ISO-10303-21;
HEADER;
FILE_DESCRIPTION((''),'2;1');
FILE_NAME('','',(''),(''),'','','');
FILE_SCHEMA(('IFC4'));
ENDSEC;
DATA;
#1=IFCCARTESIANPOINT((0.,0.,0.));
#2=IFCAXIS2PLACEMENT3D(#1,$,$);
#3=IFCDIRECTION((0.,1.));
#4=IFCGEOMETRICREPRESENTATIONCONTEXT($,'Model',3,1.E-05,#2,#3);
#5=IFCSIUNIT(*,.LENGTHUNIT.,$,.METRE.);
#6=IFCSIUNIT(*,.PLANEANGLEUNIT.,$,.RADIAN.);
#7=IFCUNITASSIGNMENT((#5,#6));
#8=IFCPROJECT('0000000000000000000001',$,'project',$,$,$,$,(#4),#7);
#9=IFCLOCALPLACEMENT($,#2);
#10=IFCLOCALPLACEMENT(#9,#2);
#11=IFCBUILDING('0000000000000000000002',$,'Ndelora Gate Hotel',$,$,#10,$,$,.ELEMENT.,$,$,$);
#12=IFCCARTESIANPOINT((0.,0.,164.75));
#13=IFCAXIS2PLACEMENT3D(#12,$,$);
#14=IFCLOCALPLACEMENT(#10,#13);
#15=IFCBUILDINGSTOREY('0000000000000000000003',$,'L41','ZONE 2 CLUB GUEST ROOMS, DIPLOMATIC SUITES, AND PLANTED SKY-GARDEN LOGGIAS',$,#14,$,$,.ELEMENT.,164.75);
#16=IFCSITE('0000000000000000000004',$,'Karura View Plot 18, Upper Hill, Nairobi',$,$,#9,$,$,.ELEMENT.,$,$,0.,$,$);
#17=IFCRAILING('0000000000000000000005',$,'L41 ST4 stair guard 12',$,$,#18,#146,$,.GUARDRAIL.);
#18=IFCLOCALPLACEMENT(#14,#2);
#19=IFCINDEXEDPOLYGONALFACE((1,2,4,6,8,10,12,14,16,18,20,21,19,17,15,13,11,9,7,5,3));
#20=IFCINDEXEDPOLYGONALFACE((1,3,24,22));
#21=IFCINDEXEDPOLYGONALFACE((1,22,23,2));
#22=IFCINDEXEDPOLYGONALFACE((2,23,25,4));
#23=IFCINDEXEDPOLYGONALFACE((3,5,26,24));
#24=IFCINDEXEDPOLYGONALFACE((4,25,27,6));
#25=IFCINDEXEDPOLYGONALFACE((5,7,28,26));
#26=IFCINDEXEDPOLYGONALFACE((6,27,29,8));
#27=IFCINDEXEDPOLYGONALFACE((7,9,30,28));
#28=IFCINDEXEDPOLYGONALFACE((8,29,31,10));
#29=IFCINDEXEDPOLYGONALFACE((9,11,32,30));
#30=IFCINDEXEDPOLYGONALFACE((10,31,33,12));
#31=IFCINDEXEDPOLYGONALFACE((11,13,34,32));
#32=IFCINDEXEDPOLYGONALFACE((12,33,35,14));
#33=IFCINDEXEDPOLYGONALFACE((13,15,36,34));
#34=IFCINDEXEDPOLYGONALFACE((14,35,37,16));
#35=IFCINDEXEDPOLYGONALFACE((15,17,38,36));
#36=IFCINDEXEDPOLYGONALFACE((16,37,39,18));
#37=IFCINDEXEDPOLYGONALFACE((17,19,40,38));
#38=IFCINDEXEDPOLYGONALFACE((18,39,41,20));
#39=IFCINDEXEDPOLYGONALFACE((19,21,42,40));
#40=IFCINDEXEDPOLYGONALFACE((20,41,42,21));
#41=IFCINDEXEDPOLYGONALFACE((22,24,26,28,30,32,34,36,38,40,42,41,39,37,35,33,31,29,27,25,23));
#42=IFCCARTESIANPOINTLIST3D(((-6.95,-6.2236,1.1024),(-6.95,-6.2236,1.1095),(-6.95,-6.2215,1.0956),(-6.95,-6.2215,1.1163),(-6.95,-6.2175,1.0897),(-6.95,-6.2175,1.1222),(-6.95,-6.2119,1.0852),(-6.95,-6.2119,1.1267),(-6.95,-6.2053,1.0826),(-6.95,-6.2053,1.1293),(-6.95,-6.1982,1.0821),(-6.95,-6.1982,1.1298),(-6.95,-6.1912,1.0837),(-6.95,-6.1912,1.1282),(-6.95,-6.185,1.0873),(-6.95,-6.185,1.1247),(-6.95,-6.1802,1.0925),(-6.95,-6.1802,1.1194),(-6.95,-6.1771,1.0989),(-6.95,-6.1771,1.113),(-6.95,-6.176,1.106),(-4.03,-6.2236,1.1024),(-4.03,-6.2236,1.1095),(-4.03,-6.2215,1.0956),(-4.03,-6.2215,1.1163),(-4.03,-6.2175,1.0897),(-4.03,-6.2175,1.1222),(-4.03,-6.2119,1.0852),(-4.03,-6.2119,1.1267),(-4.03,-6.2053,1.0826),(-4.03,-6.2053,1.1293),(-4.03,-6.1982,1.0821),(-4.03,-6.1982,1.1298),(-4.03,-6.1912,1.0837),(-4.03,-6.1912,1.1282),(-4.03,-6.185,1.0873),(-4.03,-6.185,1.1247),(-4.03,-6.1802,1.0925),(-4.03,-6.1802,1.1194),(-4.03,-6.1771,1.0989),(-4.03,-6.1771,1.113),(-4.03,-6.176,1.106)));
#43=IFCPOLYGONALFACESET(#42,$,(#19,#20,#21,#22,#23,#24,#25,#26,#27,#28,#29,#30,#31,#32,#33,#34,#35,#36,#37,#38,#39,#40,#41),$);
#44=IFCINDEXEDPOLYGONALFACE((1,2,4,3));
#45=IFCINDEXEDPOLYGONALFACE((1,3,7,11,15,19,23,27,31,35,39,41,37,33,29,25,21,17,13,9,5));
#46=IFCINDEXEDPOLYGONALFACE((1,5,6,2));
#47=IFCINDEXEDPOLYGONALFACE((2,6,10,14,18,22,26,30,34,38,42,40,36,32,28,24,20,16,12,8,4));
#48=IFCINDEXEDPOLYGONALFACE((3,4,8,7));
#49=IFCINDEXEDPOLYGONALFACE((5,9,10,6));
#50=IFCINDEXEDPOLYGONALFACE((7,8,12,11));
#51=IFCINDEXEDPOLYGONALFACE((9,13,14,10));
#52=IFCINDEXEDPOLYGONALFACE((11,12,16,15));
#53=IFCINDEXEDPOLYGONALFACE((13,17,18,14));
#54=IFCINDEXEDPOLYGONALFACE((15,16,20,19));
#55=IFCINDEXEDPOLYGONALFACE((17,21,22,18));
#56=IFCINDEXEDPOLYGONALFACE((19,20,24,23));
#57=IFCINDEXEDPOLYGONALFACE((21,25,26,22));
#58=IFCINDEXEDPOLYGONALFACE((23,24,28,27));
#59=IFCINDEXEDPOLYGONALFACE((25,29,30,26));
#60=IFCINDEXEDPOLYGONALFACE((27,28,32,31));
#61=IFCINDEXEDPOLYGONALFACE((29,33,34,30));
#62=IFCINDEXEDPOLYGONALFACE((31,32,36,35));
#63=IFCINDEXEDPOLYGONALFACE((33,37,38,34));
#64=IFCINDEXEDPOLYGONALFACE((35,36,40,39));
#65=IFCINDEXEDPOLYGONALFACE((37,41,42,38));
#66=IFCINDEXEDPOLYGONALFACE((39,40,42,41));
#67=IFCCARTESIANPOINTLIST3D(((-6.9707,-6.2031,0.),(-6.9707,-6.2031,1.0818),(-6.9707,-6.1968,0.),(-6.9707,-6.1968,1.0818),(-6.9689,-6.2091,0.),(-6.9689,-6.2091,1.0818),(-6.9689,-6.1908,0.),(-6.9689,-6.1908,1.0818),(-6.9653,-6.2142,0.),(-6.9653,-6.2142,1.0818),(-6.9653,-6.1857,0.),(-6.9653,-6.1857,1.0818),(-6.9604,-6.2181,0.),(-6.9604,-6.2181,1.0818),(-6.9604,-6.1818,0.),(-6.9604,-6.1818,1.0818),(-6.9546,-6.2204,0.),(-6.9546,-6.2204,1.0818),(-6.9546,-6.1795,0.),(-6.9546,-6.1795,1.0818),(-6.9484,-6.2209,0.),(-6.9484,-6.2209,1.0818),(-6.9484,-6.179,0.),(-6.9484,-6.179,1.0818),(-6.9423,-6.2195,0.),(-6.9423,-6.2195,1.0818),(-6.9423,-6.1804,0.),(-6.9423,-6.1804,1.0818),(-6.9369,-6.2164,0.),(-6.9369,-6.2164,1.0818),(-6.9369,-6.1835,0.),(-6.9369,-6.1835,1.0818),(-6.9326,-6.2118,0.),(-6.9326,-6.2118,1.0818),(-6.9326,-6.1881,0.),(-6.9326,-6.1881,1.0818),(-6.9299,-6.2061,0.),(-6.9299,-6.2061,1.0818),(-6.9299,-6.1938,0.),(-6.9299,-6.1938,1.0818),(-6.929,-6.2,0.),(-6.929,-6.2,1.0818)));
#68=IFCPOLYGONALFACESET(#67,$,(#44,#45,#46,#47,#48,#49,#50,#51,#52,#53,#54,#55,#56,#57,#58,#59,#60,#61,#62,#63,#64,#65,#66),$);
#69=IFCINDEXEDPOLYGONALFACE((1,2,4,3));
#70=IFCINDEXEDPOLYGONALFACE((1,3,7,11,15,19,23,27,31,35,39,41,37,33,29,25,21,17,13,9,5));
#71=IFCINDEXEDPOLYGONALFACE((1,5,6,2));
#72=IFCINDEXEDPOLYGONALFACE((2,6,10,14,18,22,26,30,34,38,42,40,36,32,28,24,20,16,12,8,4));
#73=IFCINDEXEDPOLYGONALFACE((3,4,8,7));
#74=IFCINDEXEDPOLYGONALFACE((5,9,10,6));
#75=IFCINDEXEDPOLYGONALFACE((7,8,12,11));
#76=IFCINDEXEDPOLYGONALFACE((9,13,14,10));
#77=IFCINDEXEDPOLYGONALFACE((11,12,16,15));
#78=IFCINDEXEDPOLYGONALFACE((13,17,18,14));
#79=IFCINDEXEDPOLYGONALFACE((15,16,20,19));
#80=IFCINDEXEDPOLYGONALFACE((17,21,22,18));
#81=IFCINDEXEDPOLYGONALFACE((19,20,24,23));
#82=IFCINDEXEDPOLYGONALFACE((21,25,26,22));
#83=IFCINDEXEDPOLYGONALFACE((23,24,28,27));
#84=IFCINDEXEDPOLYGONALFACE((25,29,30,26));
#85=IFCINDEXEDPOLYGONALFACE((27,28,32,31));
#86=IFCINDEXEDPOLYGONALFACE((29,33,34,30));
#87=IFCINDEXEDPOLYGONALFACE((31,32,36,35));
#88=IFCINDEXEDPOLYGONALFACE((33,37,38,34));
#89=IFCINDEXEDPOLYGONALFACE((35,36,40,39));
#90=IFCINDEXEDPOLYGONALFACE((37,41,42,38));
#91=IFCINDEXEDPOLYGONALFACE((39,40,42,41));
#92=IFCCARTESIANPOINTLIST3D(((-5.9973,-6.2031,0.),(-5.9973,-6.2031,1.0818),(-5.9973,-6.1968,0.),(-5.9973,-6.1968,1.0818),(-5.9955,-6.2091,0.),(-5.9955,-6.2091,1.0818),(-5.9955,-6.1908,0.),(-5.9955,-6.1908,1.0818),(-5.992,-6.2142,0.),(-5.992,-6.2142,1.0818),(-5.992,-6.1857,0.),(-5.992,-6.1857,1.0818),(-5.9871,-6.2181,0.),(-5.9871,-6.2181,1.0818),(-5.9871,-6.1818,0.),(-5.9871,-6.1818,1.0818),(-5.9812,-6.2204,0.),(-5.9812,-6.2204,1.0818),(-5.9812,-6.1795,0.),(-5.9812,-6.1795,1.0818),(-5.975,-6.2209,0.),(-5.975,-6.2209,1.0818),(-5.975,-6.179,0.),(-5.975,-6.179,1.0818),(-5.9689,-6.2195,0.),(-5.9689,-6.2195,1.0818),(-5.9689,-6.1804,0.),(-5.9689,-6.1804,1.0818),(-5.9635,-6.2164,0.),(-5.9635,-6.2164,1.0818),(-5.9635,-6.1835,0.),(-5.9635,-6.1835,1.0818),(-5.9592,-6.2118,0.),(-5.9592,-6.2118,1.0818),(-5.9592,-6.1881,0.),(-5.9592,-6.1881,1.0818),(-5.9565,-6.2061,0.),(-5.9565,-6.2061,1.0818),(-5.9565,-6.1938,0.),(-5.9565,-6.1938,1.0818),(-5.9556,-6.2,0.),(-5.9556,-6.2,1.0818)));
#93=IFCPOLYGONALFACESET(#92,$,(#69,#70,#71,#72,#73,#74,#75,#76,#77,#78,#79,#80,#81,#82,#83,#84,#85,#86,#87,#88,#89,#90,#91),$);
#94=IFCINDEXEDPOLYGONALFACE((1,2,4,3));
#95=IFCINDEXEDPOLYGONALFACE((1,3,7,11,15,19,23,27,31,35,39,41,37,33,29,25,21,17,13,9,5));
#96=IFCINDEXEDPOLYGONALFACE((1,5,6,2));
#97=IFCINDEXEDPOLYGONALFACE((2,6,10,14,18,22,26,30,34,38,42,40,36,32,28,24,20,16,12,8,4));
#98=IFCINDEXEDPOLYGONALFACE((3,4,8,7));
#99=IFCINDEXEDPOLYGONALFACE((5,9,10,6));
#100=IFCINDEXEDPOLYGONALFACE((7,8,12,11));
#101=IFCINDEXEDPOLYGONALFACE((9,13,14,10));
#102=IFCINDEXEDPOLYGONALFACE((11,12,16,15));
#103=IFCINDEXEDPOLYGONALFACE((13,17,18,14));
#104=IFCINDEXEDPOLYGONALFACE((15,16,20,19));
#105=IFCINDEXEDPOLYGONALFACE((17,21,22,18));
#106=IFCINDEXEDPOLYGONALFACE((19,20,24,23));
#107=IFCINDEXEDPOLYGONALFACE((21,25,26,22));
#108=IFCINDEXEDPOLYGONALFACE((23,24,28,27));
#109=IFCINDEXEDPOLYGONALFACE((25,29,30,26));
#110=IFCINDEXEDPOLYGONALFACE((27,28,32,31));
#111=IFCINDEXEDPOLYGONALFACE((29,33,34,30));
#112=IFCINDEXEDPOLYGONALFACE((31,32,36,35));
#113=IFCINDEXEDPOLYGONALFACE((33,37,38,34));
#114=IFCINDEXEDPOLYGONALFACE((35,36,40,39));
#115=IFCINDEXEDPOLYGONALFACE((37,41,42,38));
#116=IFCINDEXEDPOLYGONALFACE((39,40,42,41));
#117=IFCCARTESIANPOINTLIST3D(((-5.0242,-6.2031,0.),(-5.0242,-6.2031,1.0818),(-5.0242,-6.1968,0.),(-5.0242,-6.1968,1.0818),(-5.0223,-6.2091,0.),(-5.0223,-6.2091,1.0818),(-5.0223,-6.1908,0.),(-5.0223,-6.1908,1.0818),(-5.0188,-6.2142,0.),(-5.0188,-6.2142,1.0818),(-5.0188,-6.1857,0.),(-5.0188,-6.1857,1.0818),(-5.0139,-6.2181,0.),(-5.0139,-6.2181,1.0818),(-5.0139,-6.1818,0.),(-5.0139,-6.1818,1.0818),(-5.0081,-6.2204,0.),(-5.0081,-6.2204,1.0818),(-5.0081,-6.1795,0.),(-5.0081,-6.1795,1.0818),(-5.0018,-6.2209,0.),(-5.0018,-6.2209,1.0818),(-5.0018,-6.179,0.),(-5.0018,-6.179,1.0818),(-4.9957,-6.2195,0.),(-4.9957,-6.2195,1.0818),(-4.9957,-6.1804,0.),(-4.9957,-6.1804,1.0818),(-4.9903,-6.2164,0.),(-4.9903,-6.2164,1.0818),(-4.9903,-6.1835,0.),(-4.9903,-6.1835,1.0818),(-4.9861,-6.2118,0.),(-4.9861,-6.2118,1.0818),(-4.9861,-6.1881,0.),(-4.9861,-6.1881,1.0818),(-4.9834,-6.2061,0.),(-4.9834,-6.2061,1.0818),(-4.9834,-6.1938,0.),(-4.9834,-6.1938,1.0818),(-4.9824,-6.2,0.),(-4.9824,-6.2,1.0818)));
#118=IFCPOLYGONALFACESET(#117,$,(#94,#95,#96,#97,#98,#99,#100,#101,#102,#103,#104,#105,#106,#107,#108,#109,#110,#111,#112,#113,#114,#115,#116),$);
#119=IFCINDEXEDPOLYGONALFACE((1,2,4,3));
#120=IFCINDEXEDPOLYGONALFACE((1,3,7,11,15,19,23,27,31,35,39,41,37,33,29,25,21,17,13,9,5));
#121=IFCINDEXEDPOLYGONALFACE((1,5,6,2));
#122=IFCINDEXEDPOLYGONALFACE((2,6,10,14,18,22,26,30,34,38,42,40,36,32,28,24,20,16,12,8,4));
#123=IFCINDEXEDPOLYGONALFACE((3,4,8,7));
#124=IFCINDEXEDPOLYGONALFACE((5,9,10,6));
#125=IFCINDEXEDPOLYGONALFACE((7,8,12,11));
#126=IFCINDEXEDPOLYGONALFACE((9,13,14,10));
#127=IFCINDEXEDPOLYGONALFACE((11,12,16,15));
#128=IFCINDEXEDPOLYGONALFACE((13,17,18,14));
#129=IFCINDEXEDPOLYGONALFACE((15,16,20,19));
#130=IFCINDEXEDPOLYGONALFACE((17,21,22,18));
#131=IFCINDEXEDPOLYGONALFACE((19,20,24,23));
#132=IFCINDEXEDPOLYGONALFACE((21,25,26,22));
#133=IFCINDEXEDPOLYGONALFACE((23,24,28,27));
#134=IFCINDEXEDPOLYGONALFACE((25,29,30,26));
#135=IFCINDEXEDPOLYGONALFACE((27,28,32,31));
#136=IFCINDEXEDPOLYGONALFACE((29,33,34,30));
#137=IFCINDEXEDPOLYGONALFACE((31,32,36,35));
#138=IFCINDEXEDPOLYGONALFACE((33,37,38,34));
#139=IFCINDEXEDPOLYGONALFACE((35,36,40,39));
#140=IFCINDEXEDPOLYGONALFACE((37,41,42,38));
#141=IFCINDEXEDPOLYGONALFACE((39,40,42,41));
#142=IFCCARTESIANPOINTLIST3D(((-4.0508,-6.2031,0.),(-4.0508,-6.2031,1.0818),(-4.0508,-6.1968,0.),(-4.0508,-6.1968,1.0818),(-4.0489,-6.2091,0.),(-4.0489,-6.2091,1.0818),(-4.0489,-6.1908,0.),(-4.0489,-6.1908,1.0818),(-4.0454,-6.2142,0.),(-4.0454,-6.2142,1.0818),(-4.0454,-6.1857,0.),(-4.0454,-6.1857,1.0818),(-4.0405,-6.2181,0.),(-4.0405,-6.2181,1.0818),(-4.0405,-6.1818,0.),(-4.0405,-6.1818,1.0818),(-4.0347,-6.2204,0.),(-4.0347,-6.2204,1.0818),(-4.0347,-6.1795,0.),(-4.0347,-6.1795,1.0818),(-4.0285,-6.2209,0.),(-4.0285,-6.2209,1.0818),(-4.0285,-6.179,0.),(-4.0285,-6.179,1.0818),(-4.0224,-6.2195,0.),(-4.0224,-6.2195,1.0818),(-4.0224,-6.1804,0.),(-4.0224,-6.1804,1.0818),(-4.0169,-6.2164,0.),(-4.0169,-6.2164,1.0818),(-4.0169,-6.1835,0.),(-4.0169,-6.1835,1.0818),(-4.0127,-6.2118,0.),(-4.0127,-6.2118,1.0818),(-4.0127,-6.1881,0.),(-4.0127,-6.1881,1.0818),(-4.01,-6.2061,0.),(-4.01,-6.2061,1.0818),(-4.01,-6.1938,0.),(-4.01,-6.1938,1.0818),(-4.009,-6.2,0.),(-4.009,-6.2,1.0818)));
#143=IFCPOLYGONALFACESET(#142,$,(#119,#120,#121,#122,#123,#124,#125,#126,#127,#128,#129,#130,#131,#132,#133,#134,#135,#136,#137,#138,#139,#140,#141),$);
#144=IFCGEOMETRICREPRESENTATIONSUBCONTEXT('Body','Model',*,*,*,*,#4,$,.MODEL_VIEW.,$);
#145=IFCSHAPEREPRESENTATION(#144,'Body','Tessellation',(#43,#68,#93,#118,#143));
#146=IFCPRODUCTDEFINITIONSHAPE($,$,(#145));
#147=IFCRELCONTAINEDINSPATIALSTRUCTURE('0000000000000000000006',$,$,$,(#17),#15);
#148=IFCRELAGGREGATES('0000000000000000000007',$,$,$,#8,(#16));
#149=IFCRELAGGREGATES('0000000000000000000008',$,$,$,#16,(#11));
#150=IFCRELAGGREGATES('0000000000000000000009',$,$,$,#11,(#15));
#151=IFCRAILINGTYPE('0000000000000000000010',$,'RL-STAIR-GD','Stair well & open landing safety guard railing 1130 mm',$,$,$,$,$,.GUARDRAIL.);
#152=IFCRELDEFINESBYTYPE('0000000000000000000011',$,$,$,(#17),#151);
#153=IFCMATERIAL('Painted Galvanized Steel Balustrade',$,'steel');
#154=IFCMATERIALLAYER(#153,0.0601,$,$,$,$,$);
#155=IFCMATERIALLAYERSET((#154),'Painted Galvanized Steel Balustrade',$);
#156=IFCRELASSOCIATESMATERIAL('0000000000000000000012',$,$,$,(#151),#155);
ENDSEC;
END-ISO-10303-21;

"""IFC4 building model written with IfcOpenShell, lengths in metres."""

from ifc_helpers import new_model, si_unit, direction, frame, origin, origin_2d, place, context, subcontext, project, spatial, circle, extrude, material, layer, layer_set, type_object, element, save


model = new_model("IFC4")

# Units and contexts
model_context = context("Model", 3, precision=1e-05, world=origin(), true_north=direction((0.0, 1.0)))
body_context = subcontext(model_context, "Body", "Model", "MODEL_VIEW")
ifc_project = project(units=[si_unit("LENGTHUNIT", "METRE"), si_unit("PLANEANGLEUNIT", "RADIAN")], contexts=[model_context])

# Site, building, storey
site_placement = place(None, origin())
site = spatial("IfcSite", under=ifc_project, at=site_placement, Name="Karura View Plot 18, Upper Hill, Nairobi", CompositionType="ELEMENT", RefElevation=0.0)
building_placement = place(site_placement, origin())
building = spatial("IfcBuilding", under=site, at=building_placement, Name="Ndelora Gate Hotel", CompositionType="ELEMENT")
storey_placement = place(building_placement, frame((0.0, 0.0, 164.75)))
storey = spatial("IfcBuildingStorey", under=building, at=storey_placement, Name="L41", Description="ZONE 2 CLUB GUEST ROOMS, DIPLOMATIC SUITES, AND PLANTED SKY-GARDEN LOGGIAS", CompositionType="ELEMENT", Elevation=164.75)

# Railing
ifc_material_1 = material(Name="Painted Galvanized Steel Balustrade", Category="steel")
ifc_layer_1 = layer(ifc_material_1, 0.0601)
ifc_layer_set_1 = layer_set([ifc_layer_1], Name="Painted Galvanized Steel Balustrade")
railing_type_1 = type_object("IfcRailingType", Name="RL-STAIR-GD", Description="Stair well & open landing safety guard railing 1130 mm", PredefinedType="GUARDRAIL", material=ifc_layer_set_1)
railing_1_placement = place(storey_placement, frame((-6.95, -6.2, 0.0)))
element("IfcRailing", 1, at=railing_1_placement, inside=storey, type_object=railing_type_1, Name="L41 ST4 stair guard 12", PredefinedType="GUARDRAIL", context=body_context, shape_type="SweptSolid", body=[
    extrude(circle(Radius=0.0239, at=origin_2d()), frame((0.0, 0.0, 1.106), z_axis=(1.0, 0.0, 0.0), x_axis=(0.0, 1.0, 0.0)), (0.0, 0.0, 1.0), 2.9199),
    extrude(circle(Radius=0.021, at=origin_2d()), origin(), (0.0, 0.0, 1.0), 1.0818),
    extrude(circle(Radius=0.021, at=origin_2d()), frame((0.9734, 0.0, 0.0)), (0.0, 0.0, 1.0), 1.0818),
    extrude(circle(Radius=0.021, at=origin_2d()), frame((1.9465, 0.0, 0.0)), (0.0, 0.0, 1.0), 1.0818),
    extrude(circle(Radius=0.021, at=origin_2d()), frame((2.9199, 0.0, 0.0)), (0.0, 0.0, 1.0), 1.0818),
])

save(model, "model.ifc")
